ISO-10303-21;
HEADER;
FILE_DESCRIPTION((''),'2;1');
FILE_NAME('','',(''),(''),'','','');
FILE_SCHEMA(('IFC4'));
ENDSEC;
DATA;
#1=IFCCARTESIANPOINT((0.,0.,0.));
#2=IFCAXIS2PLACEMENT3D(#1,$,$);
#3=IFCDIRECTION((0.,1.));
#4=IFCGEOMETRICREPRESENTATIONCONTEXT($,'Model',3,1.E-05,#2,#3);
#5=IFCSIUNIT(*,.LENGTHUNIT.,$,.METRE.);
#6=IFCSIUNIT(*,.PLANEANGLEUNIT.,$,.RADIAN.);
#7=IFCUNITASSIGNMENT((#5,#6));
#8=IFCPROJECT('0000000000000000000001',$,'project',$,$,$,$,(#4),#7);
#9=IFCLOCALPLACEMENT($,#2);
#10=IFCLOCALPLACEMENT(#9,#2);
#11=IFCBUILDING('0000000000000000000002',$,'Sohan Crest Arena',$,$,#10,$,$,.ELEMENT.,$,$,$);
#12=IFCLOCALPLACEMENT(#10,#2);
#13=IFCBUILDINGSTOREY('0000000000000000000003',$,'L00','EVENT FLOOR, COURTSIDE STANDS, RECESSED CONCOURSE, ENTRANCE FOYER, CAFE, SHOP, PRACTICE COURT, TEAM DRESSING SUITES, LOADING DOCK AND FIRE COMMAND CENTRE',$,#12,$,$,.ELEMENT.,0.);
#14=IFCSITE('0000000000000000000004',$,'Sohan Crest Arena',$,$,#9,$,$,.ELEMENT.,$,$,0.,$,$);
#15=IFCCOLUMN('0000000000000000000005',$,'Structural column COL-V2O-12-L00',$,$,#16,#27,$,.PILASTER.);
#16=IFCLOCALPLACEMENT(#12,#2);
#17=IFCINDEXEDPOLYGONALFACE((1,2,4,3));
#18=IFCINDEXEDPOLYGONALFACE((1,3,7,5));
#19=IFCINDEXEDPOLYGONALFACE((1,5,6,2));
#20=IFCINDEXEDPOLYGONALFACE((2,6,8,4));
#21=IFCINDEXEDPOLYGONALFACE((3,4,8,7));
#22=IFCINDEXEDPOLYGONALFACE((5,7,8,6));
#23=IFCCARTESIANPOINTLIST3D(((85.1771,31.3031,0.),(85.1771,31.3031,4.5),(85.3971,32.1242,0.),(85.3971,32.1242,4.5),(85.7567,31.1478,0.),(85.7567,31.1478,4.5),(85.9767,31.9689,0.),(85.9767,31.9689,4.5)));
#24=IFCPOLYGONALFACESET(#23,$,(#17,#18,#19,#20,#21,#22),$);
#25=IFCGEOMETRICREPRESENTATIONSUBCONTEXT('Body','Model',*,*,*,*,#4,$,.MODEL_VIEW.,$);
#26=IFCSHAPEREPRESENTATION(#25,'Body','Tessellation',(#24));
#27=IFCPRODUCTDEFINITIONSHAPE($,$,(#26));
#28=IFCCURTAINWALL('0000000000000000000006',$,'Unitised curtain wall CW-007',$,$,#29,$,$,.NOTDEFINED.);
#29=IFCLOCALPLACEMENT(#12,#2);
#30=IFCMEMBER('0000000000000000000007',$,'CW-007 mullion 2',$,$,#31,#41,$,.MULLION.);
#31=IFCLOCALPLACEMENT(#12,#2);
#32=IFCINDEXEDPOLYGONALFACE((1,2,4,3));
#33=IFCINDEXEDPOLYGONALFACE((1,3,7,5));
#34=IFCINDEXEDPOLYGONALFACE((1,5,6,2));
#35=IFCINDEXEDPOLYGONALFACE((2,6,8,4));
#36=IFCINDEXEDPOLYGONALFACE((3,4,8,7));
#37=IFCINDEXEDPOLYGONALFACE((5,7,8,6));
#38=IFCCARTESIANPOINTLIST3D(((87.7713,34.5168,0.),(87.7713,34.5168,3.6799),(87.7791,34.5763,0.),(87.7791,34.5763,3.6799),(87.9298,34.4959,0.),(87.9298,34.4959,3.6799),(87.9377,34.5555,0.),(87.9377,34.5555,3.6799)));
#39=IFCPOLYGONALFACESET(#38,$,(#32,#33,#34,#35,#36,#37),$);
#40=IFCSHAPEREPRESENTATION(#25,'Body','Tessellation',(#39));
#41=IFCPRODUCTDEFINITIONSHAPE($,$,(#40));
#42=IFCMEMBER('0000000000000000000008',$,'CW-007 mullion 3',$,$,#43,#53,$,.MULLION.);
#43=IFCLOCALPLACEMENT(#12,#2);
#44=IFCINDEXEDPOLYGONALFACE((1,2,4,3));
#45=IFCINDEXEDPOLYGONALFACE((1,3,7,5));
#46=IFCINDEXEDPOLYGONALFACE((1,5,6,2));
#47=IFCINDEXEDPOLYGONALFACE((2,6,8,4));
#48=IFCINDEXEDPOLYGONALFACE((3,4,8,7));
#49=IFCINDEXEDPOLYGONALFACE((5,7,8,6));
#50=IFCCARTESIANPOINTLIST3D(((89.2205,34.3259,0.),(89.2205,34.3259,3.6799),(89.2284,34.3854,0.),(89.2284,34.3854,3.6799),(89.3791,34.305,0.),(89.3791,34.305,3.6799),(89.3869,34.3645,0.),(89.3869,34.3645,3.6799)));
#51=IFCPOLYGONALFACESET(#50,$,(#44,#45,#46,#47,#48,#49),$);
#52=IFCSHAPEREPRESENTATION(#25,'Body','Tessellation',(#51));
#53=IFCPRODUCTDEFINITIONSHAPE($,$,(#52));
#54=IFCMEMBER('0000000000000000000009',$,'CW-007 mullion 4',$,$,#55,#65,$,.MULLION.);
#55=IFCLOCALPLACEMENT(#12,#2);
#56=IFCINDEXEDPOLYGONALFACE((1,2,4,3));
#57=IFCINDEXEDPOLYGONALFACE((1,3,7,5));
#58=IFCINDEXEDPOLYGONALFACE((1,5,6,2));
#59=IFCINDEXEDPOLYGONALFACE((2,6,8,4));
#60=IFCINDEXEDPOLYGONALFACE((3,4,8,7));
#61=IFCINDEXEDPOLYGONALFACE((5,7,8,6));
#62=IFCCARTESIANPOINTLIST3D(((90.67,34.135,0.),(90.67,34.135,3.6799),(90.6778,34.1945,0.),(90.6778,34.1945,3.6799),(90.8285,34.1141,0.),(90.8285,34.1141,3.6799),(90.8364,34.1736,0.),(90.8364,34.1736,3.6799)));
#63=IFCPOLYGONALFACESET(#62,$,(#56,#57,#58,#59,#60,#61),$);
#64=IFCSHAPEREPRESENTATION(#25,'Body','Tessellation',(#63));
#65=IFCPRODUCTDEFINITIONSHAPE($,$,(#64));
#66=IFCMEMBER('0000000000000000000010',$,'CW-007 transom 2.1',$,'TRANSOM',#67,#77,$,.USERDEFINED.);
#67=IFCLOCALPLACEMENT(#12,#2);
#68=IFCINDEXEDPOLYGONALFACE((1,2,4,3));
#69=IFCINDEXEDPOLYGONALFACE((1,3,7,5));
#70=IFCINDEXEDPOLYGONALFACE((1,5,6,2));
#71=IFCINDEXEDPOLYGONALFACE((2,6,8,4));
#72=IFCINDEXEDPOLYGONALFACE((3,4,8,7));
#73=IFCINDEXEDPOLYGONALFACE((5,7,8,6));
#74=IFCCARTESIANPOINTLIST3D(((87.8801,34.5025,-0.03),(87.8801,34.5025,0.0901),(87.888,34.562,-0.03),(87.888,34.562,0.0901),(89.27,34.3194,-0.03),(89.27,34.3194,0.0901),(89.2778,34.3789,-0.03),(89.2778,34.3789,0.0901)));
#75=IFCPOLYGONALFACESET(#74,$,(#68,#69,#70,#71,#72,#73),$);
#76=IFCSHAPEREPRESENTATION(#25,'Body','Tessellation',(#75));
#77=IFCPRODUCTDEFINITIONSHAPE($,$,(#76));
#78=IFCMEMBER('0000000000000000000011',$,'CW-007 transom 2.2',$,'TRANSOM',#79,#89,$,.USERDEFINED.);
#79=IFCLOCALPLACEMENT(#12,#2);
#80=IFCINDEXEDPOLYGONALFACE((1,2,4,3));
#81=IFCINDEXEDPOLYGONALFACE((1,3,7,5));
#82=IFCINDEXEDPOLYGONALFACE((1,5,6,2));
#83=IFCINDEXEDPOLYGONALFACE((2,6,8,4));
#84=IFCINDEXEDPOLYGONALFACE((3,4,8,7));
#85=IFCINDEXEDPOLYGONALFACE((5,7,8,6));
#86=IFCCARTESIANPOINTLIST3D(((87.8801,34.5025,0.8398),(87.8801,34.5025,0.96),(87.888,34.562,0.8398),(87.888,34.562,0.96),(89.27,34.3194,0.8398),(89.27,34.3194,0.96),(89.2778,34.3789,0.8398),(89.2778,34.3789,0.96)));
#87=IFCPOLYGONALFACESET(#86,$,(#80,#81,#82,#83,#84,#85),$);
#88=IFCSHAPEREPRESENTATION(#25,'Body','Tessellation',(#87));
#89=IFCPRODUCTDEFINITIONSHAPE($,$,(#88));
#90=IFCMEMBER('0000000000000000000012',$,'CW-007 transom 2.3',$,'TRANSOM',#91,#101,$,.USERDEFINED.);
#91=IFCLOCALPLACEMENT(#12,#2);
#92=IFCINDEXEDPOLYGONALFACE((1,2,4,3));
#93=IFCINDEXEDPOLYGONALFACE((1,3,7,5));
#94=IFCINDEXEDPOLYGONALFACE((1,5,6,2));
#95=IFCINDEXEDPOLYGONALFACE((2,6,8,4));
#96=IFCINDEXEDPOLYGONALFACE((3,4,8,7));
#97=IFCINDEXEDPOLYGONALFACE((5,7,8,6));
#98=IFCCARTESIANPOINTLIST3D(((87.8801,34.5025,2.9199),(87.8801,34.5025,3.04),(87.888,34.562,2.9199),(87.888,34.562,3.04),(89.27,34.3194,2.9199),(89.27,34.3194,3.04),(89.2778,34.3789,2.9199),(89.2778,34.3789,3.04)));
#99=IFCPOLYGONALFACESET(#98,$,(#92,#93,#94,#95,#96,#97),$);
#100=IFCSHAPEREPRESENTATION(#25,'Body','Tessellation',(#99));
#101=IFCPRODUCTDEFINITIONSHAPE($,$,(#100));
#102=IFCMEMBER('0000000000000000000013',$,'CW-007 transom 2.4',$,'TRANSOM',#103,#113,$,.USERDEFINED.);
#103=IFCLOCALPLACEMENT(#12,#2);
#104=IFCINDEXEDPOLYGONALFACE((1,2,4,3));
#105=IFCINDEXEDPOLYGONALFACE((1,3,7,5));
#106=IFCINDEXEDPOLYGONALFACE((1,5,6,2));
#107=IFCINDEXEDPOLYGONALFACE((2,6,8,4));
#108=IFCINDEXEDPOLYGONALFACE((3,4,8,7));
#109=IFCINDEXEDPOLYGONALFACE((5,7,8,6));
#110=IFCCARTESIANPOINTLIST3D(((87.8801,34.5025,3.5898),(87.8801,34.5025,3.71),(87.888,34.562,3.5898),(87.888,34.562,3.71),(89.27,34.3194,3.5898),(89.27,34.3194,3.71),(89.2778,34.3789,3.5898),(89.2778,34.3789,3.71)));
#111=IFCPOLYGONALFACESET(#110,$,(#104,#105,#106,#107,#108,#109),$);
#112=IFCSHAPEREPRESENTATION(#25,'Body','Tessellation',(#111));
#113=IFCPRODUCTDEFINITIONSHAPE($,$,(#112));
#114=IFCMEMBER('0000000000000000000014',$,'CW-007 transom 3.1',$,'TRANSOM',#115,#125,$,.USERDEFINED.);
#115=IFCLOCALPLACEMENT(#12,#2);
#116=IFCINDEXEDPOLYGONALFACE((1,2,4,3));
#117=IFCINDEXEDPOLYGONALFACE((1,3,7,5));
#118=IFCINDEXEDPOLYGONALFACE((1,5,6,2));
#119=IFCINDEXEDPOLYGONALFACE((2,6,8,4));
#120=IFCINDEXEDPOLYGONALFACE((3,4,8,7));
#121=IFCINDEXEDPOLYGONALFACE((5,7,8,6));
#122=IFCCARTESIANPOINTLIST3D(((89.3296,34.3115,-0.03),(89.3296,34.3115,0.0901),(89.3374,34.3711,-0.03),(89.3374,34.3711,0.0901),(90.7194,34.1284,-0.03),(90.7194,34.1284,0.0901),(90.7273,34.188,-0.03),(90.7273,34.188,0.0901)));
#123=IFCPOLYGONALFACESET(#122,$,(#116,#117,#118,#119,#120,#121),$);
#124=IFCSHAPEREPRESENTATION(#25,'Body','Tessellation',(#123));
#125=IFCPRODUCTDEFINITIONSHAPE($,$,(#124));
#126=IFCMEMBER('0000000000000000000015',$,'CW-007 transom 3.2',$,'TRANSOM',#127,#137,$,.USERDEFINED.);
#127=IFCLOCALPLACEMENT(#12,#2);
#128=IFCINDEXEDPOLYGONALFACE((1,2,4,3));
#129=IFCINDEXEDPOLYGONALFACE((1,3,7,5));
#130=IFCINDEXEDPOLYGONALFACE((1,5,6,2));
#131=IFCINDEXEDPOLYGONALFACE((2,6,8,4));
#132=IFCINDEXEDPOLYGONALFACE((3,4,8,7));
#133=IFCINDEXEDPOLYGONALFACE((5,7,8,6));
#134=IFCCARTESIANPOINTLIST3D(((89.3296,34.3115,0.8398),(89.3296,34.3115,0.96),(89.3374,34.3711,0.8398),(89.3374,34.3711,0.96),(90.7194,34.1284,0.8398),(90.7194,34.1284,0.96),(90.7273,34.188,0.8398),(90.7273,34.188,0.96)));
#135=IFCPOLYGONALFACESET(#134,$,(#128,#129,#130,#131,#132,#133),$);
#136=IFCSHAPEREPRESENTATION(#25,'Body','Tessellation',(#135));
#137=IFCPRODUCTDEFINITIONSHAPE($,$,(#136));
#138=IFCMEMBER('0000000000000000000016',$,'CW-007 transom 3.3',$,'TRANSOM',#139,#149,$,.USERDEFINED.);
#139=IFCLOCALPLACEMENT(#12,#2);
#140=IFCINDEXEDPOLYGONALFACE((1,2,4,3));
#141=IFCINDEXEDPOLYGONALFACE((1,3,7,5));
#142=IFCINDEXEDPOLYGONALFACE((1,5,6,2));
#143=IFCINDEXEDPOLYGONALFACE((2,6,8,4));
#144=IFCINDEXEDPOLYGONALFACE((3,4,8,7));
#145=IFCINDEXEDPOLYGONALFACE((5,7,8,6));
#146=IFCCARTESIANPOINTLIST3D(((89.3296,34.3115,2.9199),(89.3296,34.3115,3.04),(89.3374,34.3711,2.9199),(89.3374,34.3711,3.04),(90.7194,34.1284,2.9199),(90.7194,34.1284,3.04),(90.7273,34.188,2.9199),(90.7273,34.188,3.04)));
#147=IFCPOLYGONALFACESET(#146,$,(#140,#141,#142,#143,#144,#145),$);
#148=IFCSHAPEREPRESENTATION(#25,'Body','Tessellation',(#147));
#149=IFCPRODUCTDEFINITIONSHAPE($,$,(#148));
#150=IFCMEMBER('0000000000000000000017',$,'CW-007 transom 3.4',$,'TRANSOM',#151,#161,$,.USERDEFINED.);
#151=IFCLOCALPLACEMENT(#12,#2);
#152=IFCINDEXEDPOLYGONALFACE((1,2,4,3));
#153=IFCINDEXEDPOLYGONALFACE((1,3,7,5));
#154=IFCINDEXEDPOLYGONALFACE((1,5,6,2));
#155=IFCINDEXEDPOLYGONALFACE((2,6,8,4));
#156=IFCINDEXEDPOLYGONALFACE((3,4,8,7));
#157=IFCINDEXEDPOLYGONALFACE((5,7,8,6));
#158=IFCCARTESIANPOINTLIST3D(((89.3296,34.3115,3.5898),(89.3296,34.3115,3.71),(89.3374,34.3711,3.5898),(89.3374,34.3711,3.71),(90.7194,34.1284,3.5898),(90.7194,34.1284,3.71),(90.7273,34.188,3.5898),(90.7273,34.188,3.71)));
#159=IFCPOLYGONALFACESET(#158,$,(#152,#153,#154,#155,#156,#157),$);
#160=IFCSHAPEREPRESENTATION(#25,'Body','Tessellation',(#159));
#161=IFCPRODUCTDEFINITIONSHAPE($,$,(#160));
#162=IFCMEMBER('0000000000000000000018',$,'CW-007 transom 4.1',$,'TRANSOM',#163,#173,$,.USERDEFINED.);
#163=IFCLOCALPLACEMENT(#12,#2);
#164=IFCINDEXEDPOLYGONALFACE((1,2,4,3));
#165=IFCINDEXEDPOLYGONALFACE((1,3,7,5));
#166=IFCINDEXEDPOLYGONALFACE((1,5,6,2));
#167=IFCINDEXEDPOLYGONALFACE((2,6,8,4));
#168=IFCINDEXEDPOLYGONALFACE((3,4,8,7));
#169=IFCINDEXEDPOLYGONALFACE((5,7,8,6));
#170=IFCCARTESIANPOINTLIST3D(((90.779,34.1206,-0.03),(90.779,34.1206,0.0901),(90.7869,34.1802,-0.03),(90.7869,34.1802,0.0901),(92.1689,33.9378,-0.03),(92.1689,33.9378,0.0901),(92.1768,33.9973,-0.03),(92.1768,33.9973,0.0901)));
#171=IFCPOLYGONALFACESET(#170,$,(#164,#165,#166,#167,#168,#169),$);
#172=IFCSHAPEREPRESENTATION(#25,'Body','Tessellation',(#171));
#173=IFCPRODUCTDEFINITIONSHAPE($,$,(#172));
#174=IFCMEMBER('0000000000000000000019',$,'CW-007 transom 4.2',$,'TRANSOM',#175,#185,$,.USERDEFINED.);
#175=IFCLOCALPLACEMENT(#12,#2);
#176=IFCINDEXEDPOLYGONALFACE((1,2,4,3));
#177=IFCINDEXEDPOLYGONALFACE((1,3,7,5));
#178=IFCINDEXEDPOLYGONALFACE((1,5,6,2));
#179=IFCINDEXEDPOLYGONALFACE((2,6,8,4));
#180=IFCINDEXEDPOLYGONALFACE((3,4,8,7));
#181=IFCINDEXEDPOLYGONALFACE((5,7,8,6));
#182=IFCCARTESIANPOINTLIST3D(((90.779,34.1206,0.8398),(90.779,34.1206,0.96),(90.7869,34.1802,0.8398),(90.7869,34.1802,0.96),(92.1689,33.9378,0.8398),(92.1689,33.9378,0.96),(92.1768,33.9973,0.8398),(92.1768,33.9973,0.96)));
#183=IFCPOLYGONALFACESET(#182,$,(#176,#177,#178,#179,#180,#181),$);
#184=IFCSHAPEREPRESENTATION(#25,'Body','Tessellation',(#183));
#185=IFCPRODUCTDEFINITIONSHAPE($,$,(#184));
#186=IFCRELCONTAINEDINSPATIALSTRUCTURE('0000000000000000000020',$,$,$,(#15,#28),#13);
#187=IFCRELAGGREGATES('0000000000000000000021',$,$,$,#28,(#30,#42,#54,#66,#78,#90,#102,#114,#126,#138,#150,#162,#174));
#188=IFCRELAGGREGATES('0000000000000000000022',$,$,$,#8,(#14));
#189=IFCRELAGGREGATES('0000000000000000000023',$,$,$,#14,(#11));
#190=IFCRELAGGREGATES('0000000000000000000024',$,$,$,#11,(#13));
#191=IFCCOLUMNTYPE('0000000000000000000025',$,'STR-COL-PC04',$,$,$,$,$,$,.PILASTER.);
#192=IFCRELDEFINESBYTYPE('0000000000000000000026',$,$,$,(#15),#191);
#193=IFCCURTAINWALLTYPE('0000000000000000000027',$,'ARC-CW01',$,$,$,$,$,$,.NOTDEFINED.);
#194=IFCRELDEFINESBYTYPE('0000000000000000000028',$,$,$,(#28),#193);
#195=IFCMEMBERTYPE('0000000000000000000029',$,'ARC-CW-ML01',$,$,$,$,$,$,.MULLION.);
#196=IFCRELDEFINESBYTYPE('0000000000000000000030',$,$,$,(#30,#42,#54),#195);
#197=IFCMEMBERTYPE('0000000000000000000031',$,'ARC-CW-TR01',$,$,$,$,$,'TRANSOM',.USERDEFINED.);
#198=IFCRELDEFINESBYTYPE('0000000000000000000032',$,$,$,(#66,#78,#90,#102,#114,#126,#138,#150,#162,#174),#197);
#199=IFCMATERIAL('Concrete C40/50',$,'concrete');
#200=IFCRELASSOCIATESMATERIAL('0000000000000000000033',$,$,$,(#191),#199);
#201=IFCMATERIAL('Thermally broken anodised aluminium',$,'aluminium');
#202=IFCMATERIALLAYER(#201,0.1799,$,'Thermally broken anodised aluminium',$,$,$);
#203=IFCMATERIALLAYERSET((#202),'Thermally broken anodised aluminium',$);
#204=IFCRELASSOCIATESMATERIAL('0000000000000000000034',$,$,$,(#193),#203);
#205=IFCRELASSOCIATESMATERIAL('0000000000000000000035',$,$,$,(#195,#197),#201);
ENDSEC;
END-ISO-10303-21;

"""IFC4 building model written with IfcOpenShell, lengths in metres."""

from ifc_helpers import new_model, si_unit, direction, frame, origin, origin_2d, place, context, subcontext, project, spatial, rectangle, extrude, material, layer, layer_set, material_profile, profile_set, type_object, element, aggregate, save


model = new_model("IFC4")

# Units and contexts
model_context = context("Model", 3, precision=1e-05, world=origin(), true_north=direction((0.0, 1.0)))
body_context = subcontext(model_context, "Body", "Model", "MODEL_VIEW")
ifc_project = project(units=[si_unit("LENGTHUNIT", "METRE"), si_unit("PLANEANGLEUNIT", "RADIAN")], contexts=[model_context])

# Site, building, storey
site_placement = place(None, origin())
site = spatial("IfcSite", under=ifc_project, at=site_placement, Name="Sohan Crest Arena", CompositionType="ELEMENT", RefElevation=0.0)
building_placement = place(site_placement, origin())
building = spatial("IfcBuilding", under=site, at=building_placement, Name="Sohan Crest Arena", CompositionType="ELEMENT")
storey_placement = place(building_placement, origin())
storey = spatial("IfcBuildingStorey", under=building, at=storey_placement, Name="L00", Description="EVENT FLOOR, COURTSIDE STANDS, RECESSED CONCOURSE, ENTRANCE FOYER, CAFE, SHOP, PRACTICE COURT, TEAM DRESSING SUITES, LOADING DOCK AND FIRE COMMAND CENTRE", CompositionType="ELEMENT", Elevation=0.0)

# Column
ifc_material_1 = material(Name="Concrete C40/50", Category="concrete")
ifc_material_profile_1 = material_profile(ifc_material_1, rectangle(XDim=0.8501, YDim=0.6001, at=origin_2d()), Name="RC 850x600")
ifc_profile_set_1 = profile_set([ifc_material_profile_1], Name="Concrete C40/50")
column_type = type_object("IfcColumnType", Name="STR-COL-PC04", PredefinedType="PILASTER", material=ifc_profile_set_1)
column_placement = place(storey_placement, frame((85.5769, 31.636, 0.0), z_axis=(0.0, 0.0, 1.0), x_axis=(0.258819, 0.965926, 0.0)))
element("IfcColumn", 1, at=column_placement, inside=storey, type_object=column_type, Name="Structural column COL-V2O-12-L00", PredefinedType="PILASTER", context=body_context, shape_type="SweptSolid", body=[
    extrude(rectangle(XDim=0.8501, YDim=0.6001, at=origin_2d()), origin(), (0.0, 0.0, 1.0), 4.5),
])

# Curtain wall, members
ifc_material_2 = material(Name="Thermally broken anodised aluminium", Category="aluminium")
ifc_layer_1 = layer(ifc_material_2, 0.1799, Name="Thermally broken anodised aluminium")
ifc_layer_set_1 = layer_set([ifc_layer_1], Name="Thermally broken anodised aluminium")
curtain_wall_type = type_object("IfcCurtainWallType", Name="ARC-CW01", PredefinedType="NOTDEFINED", material=ifc_layer_set_1)
curtain_wall_placement = place(storey_placement, origin())
curtain_wall = element("IfcCurtainWall", 2, at=curtain_wall_placement, inside=storey, type_object=curtain_wall_type, Name="Unitised curtain wall CW-007", PredefinedType="NOTDEFINED")
ifc_material_profile_2 = material_profile(ifc_material_2, rectangle(XDim=0.0601, YDim=0.1599, at=origin_2d()), Name="ALU-MULL 60x160")
ifc_profile_set_2 = profile_set([ifc_material_profile_2], Name="Thermally broken anodised aluminium")
member_type_1 = type_object("IfcMemberType", Name="ARC-CW-ML01", PredefinedType="MULLION", material=ifc_profile_set_2)
member_1_placement = place(storey_placement, frame((87.8545, 34.5361, 0.0), z_axis=(0.0, 0.0, 1.0), x_axis=(0.130567, 0.991439, 0.0)))
member_1 = element("IfcMember", 3, at=member_1_placement, type_object=member_type_1, Name="CW-007 mullion 2", PredefinedType="MULLION", context=body_context, shape_type="SweptSolid", body=[
    extrude(rectangle(XDim=0.0601, YDim=0.1599, at=origin_2d()), origin(), (0.0, 0.0, 1.0), 3.6799),
])
member_2_placement = place(storey_placement, frame((89.3037, 34.3452, 0.0), z_axis=(0.0, 0.0, 1.0), x_axis=(0.130567, 0.991439, 0.0)))
member_2 = element("IfcMember", 4, at=member_2_placement, type_object=member_type_1, Name="CW-007 mullion 3", PredefinedType="MULLION", context=body_context, shape_type="SweptSolid", body=[
    extrude(rectangle(XDim=0.0601, YDim=0.1599, at=origin_2d()), origin(), (0.0, 0.0, 1.0), 3.6799),
])
member_3_placement = place(storey_placement, frame((90.7532, 34.1543, 0.0), z_axis=(0.0, 0.0, 1.0), x_axis=(0.130567, 0.991439, 0.0)))
member_3 = element("IfcMember", 5, at=member_3_placement, type_object=member_type_1, Name="CW-007 mullion 4", PredefinedType="MULLION", context=body_context, shape_type="SweptSolid", body=[
    extrude(rectangle(XDim=0.0601, YDim=0.1599, at=origin_2d()), origin(), (0.0, 0.0, 1.0), 3.6799),
])
ifc_material_profile_3 = material_profile(ifc_material_2, rectangle(XDim=0.0601, YDim=0.1201, at=origin_2d()), Name="ALU-TRAN 60x120")
ifc_profile_set_3 = profile_set([ifc_material_profile_3], Name="Thermally broken anodised aluminium")
member_type_2 = type_object("IfcMemberType", Name="ARC-CW-TR01", ElementType="TRANSOM", PredefinedType="USERDEFINED", material=ifc_profile_set_3)
member_4_placement = place(storey_placement, frame((87.884, 34.5322, 0.03), z_axis=(0.991434, -0.130612, 0.0), x_axis=(0.130612, 0.991434, 0.0)))
member_4 = element("IfcMember", 6, at=member_4_placement, type_object=member_type_2, Name="CW-007 transom 2.1", ObjectType="TRANSOM", PredefinedType="USERDEFINED", context=body_context, shape_type="SweptSolid", body=[
    extrude(rectangle(XDim=0.0601, YDim=0.1201, at=origin_2d()), origin(), (0.0, 0.0, 1.0), 1.4019),
])
member_5_placement = place(storey_placement, frame((87.884, 34.5322, 0.8999), z_axis=(0.991434, -0.130612, 0.0), x_axis=(0.130612, 0.991434, 0.0)))
member_5 = element("IfcMember", 7, at=member_5_placement, type_object=member_type_2, Name="CW-007 transom 2.2", ObjectType="TRANSOM", PredefinedType="USERDEFINED", context=body_context, shape_type="SweptSolid", body=[
    extrude(rectangle(XDim=0.0601, YDim=0.1201, at=origin_2d()), origin(), (0.0, 0.0, 1.0), 1.4019),
])
member_6_placement = place(storey_placement, frame((87.884, 34.5322, 2.98), z_axis=(0.991434, -0.130612, 0.0), x_axis=(0.130612, 0.991434, 0.0)))
member_6 = element("IfcMember", 8, at=member_6_placement, type_object=member_type_2, Name="CW-007 transom 2.3", ObjectType="TRANSOM", PredefinedType="USERDEFINED", context=body_context, shape_type="SweptSolid", body=[
    extrude(rectangle(XDim=0.0601, YDim=0.1201, at=origin_2d()), origin(), (0.0, 0.0, 1.0), 1.4019),
])
member_7_placement = place(storey_placement, frame((87.884, 34.5322, 3.6499), z_axis=(0.991434, -0.130612, 0.0), x_axis=(0.130612, 0.991434, 0.0)))
member_7 = element("IfcMember", 9, at=member_7_placement, type_object=member_type_2, Name="CW-007 transom 2.4", ObjectType="TRANSOM", PredefinedType="USERDEFINED", context=body_context, shape_type="SweptSolid", body=[
    extrude(rectangle(XDim=0.0601, YDim=0.1201, at=origin_2d()), origin(), (0.0, 0.0, 1.0), 1.4019),
])
member_8_placement = place(storey_placement, frame((89.3335, 34.3413, 0.03), z_axis=(0.991434, -0.130612, 0.0), x_axis=(0.130612, 0.991434, 0.0)))
member_8 = element("IfcMember", 10, at=member_8_placement, type_object=member_type_2, Name="CW-007 transom 3.1", ObjectType="TRANSOM", PredefinedType="USERDEFINED", context=body_context, shape_type="SweptSolid", body=[
    extrude(rectangle(XDim=0.0601, YDim=0.1201, at=origin_2d()), origin(), (0.0, 0.0, 1.0), 1.4019),
])
member_9_placement = place(storey_placement, frame((89.3335, 34.3413, 0.8999), z_axis=(0.991434, -0.130612, 0.0), x_axis=(0.130612, 0.991434, 0.0)))
member_9 = element("IfcMember", 11, at=member_9_placement, type_object=member_type_2, Name="CW-007 transom 3.2", ObjectType="TRANSOM", PredefinedType="USERDEFINED", context=body_context, shape_type="SweptSolid", body=[
    extrude(rectangle(XDim=0.0601, YDim=0.1201, at=origin_2d()), origin(), (0.0, 0.0, 1.0), 1.4019),
])
member_10_placement = place(storey_placement, frame((89.3335, 34.3413, 2.98), z_axis=(0.991434, -0.130612, 0.0), x_axis=(0.130612, 0.991434, 0.0)))
member_10 = element("IfcMember", 12, at=member_10_placement, type_object=member_type_2, Name="CW-007 transom 3.3", ObjectType="TRANSOM", PredefinedType="USERDEFINED", context=body_context, shape_type="SweptSolid", body=[
    extrude(rectangle(XDim=0.0601, YDim=0.1201, at=origin_2d()), origin(), (0.0, 0.0, 1.0), 1.4019),
])
member_11_placement = place(storey_placement, frame((89.3335, 34.3413, 3.6499), z_axis=(0.991434, -0.130612, 0.0), x_axis=(0.130612, 0.991434, 0.0)))
member_11 = element("IfcMember", 13, at=member_11_placement, type_object=member_type_2, Name="CW-007 transom 3.4", ObjectType="TRANSOM", PredefinedType="USERDEFINED", context=body_context, shape_type="SweptSolid", body=[
    extrude(rectangle(XDim=0.0601, YDim=0.1201, at=origin_2d()), origin(), (0.0, 0.0, 1.0), 1.4019),
])
member_12_placement = place(storey_placement, frame((90.783, 34.1504, 0.03), z_axis=(0.991456, -0.130441, 0.0), x_axis=(0.130441, 0.991456, 0.0)))
member_12 = element("IfcMember", 14, at=member_12_placement, type_object=member_type_2, Name="CW-007 transom 4.1", ObjectType="TRANSOM", PredefinedType="USERDEFINED", context=body_context, shape_type="SweptSolid", body=[
    extrude(rectangle(XDim=0.0601, YDim=0.1201, at=origin_2d()), origin(), (0.0, 0.0, 1.0), 1.4019),
])
member_13_placement = place(storey_placement, frame((90.783, 34.1504, 0.8999), z_axis=(0.991456, -0.130441, 0.0), x_axis=(0.130441, 0.991456, 0.0)))
member_13 = element("IfcMember", 15, at=member_13_placement, type_object=member_type_2, Name="CW-007 transom 4.2", ObjectType="TRANSOM", PredefinedType="USERDEFINED", context=body_context, shape_type="SweptSolid", body=[
    extrude(rectangle(XDim=0.0601, YDim=0.1201, at=origin_2d()), origin(), (0.0, 0.0, 1.0), 1.4019),
])

aggregate(curtain_wall, [member_1, member_2, member_3, member_4, member_5, member_6, member_7, member_8, member_9, member_10, member_11, member_12, member_13])

save(model, "model.ifc")
